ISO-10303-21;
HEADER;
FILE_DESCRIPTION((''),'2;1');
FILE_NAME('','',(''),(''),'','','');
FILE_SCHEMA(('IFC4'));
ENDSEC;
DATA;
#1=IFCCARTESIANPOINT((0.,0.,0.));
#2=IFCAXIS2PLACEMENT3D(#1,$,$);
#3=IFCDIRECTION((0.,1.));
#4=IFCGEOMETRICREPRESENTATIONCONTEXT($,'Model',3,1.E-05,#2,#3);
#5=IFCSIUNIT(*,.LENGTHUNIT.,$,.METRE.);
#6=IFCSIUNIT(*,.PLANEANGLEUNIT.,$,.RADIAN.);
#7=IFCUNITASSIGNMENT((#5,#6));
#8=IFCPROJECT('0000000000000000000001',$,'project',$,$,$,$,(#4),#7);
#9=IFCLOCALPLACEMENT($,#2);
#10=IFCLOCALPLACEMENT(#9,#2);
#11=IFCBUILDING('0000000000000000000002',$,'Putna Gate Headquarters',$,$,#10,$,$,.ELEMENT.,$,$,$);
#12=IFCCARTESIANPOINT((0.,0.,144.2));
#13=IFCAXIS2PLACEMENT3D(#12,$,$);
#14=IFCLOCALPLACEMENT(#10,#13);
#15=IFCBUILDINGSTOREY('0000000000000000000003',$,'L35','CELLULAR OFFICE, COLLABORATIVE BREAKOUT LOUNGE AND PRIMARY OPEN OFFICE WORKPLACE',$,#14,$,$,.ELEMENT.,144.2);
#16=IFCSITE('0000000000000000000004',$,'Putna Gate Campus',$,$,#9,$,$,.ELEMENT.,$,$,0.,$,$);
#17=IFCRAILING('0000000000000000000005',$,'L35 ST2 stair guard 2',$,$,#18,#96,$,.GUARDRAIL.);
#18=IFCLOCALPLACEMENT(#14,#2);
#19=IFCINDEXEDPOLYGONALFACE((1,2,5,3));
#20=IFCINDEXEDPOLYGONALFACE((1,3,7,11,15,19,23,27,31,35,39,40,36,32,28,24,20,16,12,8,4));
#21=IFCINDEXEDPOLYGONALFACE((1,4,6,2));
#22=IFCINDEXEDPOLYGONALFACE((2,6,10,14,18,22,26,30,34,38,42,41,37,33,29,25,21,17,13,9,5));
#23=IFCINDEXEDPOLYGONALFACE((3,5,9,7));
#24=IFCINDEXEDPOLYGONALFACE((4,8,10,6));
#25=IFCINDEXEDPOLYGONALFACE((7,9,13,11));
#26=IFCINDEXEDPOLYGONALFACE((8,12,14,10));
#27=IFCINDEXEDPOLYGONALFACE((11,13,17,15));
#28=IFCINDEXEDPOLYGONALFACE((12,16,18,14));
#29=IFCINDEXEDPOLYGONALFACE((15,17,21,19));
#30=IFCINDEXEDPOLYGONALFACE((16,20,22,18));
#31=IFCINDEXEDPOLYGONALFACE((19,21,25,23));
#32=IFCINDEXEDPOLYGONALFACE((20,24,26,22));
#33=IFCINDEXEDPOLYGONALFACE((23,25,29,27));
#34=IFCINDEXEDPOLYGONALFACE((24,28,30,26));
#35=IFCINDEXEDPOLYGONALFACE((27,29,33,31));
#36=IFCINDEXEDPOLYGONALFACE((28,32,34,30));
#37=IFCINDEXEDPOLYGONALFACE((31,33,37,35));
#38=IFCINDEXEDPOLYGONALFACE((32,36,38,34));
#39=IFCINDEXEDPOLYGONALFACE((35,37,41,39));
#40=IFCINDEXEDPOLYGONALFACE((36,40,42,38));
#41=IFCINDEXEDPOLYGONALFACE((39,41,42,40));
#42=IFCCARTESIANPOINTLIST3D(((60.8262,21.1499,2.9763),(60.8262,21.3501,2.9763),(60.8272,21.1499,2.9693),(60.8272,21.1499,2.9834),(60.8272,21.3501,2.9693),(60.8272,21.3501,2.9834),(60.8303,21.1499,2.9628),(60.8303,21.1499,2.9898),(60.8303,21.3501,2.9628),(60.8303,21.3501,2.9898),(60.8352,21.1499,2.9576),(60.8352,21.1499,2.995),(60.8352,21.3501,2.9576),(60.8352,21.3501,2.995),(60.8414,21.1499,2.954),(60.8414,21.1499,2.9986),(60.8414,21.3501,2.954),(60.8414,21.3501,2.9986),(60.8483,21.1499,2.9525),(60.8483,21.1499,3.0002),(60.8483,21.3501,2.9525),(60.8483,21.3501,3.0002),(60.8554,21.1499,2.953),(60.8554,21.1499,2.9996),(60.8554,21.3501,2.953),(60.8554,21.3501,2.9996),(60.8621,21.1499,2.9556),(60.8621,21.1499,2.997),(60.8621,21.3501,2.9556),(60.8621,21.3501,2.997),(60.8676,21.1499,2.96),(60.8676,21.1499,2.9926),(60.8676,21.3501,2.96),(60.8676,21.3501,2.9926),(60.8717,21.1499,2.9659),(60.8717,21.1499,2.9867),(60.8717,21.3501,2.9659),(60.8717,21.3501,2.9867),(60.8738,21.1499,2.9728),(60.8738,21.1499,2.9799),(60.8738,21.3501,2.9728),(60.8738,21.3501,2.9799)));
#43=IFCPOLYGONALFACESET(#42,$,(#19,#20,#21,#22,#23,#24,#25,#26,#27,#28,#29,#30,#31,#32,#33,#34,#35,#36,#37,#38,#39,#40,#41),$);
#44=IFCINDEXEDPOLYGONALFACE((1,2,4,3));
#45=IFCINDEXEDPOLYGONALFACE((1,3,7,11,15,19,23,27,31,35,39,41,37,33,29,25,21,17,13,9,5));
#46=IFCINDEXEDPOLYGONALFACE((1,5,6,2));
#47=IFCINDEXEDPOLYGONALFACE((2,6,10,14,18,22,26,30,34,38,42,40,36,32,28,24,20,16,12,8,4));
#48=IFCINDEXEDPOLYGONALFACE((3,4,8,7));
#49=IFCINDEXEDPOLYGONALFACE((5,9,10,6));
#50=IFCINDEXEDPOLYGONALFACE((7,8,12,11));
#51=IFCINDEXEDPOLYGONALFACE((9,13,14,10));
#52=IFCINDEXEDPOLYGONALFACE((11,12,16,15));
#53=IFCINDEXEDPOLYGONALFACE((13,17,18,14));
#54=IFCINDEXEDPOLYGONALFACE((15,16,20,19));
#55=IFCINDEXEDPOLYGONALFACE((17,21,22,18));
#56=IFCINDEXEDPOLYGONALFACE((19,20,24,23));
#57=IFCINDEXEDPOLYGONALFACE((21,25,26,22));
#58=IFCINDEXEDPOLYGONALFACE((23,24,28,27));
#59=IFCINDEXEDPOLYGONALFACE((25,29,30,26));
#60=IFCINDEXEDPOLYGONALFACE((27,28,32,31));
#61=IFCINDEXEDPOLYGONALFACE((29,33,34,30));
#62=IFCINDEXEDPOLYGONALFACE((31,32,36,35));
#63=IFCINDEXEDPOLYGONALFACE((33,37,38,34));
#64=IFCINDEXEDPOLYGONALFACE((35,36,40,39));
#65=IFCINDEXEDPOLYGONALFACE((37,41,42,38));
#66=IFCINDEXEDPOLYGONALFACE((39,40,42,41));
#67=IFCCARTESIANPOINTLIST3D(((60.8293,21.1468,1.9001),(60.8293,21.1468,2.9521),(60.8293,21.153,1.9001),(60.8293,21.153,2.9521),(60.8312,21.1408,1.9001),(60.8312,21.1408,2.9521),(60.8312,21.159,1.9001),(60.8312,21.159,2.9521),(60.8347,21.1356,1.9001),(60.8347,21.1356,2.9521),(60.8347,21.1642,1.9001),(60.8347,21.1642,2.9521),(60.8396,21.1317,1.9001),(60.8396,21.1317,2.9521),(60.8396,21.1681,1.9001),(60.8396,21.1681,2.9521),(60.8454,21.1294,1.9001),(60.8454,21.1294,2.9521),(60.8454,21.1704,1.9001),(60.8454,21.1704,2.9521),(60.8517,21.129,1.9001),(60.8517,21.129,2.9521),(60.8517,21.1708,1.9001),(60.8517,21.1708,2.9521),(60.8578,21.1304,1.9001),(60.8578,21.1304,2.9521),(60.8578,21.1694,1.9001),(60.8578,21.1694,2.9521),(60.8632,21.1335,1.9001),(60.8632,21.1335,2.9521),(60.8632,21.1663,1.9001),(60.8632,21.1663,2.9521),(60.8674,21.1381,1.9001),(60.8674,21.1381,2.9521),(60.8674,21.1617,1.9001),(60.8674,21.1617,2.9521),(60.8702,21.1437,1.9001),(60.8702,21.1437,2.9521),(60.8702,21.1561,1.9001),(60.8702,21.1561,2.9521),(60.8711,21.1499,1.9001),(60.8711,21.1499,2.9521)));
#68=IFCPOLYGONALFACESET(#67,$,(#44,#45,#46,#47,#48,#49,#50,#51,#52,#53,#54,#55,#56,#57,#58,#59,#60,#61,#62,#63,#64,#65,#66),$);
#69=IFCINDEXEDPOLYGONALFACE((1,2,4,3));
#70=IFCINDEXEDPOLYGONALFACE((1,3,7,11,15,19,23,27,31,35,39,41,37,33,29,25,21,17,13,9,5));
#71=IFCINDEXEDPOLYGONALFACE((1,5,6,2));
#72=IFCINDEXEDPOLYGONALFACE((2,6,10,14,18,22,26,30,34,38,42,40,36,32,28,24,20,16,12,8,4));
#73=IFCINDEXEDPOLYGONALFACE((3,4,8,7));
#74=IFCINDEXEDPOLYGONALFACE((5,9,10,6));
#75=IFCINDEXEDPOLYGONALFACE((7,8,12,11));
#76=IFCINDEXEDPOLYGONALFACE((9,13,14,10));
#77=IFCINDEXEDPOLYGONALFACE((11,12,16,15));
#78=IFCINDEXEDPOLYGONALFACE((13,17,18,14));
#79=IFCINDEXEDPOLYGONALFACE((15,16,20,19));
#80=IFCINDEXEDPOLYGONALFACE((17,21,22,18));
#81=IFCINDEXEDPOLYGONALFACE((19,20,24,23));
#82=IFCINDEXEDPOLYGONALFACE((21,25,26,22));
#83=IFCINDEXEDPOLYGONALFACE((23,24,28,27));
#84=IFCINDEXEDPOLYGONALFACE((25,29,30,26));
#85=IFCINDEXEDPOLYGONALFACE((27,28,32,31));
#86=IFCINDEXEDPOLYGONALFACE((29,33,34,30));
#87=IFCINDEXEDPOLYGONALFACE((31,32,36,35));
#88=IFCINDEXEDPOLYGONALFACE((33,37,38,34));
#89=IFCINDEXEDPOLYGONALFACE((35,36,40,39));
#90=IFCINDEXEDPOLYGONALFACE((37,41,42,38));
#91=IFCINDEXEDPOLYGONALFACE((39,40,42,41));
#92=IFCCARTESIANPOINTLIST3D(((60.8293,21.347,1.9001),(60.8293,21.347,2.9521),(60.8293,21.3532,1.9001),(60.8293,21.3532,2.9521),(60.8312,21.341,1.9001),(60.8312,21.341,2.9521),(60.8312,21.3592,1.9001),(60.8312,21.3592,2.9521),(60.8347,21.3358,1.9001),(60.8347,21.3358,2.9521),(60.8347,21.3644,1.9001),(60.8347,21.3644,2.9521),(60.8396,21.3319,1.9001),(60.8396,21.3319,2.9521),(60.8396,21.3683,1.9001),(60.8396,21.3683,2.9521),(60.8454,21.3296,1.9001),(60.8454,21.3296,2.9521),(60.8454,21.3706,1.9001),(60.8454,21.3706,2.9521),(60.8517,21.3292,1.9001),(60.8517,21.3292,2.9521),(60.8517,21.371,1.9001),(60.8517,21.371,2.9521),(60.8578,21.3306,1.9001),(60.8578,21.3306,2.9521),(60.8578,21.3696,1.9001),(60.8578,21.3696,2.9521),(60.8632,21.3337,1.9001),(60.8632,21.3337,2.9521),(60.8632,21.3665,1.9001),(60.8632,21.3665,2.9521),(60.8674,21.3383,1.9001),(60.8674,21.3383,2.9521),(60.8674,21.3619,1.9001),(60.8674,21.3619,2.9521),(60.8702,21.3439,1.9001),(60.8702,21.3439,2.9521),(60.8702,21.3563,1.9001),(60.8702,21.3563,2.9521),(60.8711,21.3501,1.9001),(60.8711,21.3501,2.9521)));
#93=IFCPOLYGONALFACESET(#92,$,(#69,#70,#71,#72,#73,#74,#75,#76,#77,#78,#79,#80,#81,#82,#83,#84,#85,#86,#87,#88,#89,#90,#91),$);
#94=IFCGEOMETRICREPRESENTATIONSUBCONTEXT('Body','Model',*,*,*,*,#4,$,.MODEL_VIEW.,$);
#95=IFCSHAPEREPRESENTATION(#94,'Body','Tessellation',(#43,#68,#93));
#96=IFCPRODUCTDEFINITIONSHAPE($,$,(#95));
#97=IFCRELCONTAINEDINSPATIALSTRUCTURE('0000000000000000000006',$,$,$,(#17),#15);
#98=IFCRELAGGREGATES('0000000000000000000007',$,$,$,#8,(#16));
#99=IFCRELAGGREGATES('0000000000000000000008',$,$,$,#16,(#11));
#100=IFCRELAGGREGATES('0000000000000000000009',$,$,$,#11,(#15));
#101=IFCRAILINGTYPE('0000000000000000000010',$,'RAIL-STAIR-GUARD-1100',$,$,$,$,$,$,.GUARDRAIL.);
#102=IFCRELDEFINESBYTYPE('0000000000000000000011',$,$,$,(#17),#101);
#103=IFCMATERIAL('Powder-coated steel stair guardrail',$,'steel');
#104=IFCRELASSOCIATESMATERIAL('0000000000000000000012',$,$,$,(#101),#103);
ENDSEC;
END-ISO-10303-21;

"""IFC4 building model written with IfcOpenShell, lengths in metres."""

from ifc_helpers import new_model, si_unit, direction, frame, origin, origin_2d, place, context, subcontext, project, spatial, circle, extrude, material, type_object, element, save


model = new_model("IFC4")

# Units and contexts
model_context = context("Model", 3, precision=1e-05, world=origin(), true_north=direction((0.0, 1.0)))
body_context = subcontext(model_context, "Body", "Model", "MODEL_VIEW")
ifc_project = project(units=[si_unit("LENGTHUNIT", "METRE"), si_unit("PLANEANGLEUNIT", "RADIAN")], contexts=[model_context])

# Site, building, storey
site_placement = place(None, origin())
site = spatial("IfcSite", under=ifc_project, at=site_placement, Name="Putna Gate Campus", CompositionType="ELEMENT", RefElevation=0.0)
building_placement = place(site_placement, origin())
building = spatial("IfcBuilding", under=site, at=building_placement, Name="Putna Gate Headquarters", CompositionType="ELEMENT")
storey_placement = place(building_placement, frame((0.0, 0.0, 144.2)))
storey = spatial("IfcBuildingStorey", under=building, at=storey_placement, Name="L35", Description="CELLULAR OFFICE, COLLABORATIVE BREAKOUT LOUNGE AND PRIMARY OPEN OFFICE WORKPLACE", CompositionType="ELEMENT", Elevation=144.2)

# Railing
ifc_material_1 = material(Name="Powder-coated steel stair guardrail", Category="steel")
railing_type_1 = type_object("IfcRailingType", Name="RAIL-STAIR-GUARD-1100", PredefinedType="GUARDRAIL", material=ifc_material_1)
railing_1_placement = place(storey_placement, frame((60.8501, 21.1499, 1.9001)))
element("IfcRailing", 1, at=railing_1_placement, inside=storey, type_object=railing_type_1, Name="L35 ST2 stair guard 2", PredefinedType="GUARDRAIL", context=body_context, shape_type="SweptSolid", body=[
    extrude(circle(Radius=0.0239, at=origin_2d()), frame((0.0, 0.0, 1.0762), z_axis=(0.0, 1.0, 0.0), x_axis=(-1.0, 0.0, 0.0)), (0.0, 0.0, 1.0), 0.2002),
    extrude(circle(Radius=0.021, at=origin_2d()), origin(), (0.0, 0.0, 1.0), 1.052),
    extrude(circle(Radius=0.021, at=origin_2d()), frame((0.0, 0.2002, 0.0)), (0.0, 0.0, 1.0), 1.052),
])

save(model, "model.ifc")
